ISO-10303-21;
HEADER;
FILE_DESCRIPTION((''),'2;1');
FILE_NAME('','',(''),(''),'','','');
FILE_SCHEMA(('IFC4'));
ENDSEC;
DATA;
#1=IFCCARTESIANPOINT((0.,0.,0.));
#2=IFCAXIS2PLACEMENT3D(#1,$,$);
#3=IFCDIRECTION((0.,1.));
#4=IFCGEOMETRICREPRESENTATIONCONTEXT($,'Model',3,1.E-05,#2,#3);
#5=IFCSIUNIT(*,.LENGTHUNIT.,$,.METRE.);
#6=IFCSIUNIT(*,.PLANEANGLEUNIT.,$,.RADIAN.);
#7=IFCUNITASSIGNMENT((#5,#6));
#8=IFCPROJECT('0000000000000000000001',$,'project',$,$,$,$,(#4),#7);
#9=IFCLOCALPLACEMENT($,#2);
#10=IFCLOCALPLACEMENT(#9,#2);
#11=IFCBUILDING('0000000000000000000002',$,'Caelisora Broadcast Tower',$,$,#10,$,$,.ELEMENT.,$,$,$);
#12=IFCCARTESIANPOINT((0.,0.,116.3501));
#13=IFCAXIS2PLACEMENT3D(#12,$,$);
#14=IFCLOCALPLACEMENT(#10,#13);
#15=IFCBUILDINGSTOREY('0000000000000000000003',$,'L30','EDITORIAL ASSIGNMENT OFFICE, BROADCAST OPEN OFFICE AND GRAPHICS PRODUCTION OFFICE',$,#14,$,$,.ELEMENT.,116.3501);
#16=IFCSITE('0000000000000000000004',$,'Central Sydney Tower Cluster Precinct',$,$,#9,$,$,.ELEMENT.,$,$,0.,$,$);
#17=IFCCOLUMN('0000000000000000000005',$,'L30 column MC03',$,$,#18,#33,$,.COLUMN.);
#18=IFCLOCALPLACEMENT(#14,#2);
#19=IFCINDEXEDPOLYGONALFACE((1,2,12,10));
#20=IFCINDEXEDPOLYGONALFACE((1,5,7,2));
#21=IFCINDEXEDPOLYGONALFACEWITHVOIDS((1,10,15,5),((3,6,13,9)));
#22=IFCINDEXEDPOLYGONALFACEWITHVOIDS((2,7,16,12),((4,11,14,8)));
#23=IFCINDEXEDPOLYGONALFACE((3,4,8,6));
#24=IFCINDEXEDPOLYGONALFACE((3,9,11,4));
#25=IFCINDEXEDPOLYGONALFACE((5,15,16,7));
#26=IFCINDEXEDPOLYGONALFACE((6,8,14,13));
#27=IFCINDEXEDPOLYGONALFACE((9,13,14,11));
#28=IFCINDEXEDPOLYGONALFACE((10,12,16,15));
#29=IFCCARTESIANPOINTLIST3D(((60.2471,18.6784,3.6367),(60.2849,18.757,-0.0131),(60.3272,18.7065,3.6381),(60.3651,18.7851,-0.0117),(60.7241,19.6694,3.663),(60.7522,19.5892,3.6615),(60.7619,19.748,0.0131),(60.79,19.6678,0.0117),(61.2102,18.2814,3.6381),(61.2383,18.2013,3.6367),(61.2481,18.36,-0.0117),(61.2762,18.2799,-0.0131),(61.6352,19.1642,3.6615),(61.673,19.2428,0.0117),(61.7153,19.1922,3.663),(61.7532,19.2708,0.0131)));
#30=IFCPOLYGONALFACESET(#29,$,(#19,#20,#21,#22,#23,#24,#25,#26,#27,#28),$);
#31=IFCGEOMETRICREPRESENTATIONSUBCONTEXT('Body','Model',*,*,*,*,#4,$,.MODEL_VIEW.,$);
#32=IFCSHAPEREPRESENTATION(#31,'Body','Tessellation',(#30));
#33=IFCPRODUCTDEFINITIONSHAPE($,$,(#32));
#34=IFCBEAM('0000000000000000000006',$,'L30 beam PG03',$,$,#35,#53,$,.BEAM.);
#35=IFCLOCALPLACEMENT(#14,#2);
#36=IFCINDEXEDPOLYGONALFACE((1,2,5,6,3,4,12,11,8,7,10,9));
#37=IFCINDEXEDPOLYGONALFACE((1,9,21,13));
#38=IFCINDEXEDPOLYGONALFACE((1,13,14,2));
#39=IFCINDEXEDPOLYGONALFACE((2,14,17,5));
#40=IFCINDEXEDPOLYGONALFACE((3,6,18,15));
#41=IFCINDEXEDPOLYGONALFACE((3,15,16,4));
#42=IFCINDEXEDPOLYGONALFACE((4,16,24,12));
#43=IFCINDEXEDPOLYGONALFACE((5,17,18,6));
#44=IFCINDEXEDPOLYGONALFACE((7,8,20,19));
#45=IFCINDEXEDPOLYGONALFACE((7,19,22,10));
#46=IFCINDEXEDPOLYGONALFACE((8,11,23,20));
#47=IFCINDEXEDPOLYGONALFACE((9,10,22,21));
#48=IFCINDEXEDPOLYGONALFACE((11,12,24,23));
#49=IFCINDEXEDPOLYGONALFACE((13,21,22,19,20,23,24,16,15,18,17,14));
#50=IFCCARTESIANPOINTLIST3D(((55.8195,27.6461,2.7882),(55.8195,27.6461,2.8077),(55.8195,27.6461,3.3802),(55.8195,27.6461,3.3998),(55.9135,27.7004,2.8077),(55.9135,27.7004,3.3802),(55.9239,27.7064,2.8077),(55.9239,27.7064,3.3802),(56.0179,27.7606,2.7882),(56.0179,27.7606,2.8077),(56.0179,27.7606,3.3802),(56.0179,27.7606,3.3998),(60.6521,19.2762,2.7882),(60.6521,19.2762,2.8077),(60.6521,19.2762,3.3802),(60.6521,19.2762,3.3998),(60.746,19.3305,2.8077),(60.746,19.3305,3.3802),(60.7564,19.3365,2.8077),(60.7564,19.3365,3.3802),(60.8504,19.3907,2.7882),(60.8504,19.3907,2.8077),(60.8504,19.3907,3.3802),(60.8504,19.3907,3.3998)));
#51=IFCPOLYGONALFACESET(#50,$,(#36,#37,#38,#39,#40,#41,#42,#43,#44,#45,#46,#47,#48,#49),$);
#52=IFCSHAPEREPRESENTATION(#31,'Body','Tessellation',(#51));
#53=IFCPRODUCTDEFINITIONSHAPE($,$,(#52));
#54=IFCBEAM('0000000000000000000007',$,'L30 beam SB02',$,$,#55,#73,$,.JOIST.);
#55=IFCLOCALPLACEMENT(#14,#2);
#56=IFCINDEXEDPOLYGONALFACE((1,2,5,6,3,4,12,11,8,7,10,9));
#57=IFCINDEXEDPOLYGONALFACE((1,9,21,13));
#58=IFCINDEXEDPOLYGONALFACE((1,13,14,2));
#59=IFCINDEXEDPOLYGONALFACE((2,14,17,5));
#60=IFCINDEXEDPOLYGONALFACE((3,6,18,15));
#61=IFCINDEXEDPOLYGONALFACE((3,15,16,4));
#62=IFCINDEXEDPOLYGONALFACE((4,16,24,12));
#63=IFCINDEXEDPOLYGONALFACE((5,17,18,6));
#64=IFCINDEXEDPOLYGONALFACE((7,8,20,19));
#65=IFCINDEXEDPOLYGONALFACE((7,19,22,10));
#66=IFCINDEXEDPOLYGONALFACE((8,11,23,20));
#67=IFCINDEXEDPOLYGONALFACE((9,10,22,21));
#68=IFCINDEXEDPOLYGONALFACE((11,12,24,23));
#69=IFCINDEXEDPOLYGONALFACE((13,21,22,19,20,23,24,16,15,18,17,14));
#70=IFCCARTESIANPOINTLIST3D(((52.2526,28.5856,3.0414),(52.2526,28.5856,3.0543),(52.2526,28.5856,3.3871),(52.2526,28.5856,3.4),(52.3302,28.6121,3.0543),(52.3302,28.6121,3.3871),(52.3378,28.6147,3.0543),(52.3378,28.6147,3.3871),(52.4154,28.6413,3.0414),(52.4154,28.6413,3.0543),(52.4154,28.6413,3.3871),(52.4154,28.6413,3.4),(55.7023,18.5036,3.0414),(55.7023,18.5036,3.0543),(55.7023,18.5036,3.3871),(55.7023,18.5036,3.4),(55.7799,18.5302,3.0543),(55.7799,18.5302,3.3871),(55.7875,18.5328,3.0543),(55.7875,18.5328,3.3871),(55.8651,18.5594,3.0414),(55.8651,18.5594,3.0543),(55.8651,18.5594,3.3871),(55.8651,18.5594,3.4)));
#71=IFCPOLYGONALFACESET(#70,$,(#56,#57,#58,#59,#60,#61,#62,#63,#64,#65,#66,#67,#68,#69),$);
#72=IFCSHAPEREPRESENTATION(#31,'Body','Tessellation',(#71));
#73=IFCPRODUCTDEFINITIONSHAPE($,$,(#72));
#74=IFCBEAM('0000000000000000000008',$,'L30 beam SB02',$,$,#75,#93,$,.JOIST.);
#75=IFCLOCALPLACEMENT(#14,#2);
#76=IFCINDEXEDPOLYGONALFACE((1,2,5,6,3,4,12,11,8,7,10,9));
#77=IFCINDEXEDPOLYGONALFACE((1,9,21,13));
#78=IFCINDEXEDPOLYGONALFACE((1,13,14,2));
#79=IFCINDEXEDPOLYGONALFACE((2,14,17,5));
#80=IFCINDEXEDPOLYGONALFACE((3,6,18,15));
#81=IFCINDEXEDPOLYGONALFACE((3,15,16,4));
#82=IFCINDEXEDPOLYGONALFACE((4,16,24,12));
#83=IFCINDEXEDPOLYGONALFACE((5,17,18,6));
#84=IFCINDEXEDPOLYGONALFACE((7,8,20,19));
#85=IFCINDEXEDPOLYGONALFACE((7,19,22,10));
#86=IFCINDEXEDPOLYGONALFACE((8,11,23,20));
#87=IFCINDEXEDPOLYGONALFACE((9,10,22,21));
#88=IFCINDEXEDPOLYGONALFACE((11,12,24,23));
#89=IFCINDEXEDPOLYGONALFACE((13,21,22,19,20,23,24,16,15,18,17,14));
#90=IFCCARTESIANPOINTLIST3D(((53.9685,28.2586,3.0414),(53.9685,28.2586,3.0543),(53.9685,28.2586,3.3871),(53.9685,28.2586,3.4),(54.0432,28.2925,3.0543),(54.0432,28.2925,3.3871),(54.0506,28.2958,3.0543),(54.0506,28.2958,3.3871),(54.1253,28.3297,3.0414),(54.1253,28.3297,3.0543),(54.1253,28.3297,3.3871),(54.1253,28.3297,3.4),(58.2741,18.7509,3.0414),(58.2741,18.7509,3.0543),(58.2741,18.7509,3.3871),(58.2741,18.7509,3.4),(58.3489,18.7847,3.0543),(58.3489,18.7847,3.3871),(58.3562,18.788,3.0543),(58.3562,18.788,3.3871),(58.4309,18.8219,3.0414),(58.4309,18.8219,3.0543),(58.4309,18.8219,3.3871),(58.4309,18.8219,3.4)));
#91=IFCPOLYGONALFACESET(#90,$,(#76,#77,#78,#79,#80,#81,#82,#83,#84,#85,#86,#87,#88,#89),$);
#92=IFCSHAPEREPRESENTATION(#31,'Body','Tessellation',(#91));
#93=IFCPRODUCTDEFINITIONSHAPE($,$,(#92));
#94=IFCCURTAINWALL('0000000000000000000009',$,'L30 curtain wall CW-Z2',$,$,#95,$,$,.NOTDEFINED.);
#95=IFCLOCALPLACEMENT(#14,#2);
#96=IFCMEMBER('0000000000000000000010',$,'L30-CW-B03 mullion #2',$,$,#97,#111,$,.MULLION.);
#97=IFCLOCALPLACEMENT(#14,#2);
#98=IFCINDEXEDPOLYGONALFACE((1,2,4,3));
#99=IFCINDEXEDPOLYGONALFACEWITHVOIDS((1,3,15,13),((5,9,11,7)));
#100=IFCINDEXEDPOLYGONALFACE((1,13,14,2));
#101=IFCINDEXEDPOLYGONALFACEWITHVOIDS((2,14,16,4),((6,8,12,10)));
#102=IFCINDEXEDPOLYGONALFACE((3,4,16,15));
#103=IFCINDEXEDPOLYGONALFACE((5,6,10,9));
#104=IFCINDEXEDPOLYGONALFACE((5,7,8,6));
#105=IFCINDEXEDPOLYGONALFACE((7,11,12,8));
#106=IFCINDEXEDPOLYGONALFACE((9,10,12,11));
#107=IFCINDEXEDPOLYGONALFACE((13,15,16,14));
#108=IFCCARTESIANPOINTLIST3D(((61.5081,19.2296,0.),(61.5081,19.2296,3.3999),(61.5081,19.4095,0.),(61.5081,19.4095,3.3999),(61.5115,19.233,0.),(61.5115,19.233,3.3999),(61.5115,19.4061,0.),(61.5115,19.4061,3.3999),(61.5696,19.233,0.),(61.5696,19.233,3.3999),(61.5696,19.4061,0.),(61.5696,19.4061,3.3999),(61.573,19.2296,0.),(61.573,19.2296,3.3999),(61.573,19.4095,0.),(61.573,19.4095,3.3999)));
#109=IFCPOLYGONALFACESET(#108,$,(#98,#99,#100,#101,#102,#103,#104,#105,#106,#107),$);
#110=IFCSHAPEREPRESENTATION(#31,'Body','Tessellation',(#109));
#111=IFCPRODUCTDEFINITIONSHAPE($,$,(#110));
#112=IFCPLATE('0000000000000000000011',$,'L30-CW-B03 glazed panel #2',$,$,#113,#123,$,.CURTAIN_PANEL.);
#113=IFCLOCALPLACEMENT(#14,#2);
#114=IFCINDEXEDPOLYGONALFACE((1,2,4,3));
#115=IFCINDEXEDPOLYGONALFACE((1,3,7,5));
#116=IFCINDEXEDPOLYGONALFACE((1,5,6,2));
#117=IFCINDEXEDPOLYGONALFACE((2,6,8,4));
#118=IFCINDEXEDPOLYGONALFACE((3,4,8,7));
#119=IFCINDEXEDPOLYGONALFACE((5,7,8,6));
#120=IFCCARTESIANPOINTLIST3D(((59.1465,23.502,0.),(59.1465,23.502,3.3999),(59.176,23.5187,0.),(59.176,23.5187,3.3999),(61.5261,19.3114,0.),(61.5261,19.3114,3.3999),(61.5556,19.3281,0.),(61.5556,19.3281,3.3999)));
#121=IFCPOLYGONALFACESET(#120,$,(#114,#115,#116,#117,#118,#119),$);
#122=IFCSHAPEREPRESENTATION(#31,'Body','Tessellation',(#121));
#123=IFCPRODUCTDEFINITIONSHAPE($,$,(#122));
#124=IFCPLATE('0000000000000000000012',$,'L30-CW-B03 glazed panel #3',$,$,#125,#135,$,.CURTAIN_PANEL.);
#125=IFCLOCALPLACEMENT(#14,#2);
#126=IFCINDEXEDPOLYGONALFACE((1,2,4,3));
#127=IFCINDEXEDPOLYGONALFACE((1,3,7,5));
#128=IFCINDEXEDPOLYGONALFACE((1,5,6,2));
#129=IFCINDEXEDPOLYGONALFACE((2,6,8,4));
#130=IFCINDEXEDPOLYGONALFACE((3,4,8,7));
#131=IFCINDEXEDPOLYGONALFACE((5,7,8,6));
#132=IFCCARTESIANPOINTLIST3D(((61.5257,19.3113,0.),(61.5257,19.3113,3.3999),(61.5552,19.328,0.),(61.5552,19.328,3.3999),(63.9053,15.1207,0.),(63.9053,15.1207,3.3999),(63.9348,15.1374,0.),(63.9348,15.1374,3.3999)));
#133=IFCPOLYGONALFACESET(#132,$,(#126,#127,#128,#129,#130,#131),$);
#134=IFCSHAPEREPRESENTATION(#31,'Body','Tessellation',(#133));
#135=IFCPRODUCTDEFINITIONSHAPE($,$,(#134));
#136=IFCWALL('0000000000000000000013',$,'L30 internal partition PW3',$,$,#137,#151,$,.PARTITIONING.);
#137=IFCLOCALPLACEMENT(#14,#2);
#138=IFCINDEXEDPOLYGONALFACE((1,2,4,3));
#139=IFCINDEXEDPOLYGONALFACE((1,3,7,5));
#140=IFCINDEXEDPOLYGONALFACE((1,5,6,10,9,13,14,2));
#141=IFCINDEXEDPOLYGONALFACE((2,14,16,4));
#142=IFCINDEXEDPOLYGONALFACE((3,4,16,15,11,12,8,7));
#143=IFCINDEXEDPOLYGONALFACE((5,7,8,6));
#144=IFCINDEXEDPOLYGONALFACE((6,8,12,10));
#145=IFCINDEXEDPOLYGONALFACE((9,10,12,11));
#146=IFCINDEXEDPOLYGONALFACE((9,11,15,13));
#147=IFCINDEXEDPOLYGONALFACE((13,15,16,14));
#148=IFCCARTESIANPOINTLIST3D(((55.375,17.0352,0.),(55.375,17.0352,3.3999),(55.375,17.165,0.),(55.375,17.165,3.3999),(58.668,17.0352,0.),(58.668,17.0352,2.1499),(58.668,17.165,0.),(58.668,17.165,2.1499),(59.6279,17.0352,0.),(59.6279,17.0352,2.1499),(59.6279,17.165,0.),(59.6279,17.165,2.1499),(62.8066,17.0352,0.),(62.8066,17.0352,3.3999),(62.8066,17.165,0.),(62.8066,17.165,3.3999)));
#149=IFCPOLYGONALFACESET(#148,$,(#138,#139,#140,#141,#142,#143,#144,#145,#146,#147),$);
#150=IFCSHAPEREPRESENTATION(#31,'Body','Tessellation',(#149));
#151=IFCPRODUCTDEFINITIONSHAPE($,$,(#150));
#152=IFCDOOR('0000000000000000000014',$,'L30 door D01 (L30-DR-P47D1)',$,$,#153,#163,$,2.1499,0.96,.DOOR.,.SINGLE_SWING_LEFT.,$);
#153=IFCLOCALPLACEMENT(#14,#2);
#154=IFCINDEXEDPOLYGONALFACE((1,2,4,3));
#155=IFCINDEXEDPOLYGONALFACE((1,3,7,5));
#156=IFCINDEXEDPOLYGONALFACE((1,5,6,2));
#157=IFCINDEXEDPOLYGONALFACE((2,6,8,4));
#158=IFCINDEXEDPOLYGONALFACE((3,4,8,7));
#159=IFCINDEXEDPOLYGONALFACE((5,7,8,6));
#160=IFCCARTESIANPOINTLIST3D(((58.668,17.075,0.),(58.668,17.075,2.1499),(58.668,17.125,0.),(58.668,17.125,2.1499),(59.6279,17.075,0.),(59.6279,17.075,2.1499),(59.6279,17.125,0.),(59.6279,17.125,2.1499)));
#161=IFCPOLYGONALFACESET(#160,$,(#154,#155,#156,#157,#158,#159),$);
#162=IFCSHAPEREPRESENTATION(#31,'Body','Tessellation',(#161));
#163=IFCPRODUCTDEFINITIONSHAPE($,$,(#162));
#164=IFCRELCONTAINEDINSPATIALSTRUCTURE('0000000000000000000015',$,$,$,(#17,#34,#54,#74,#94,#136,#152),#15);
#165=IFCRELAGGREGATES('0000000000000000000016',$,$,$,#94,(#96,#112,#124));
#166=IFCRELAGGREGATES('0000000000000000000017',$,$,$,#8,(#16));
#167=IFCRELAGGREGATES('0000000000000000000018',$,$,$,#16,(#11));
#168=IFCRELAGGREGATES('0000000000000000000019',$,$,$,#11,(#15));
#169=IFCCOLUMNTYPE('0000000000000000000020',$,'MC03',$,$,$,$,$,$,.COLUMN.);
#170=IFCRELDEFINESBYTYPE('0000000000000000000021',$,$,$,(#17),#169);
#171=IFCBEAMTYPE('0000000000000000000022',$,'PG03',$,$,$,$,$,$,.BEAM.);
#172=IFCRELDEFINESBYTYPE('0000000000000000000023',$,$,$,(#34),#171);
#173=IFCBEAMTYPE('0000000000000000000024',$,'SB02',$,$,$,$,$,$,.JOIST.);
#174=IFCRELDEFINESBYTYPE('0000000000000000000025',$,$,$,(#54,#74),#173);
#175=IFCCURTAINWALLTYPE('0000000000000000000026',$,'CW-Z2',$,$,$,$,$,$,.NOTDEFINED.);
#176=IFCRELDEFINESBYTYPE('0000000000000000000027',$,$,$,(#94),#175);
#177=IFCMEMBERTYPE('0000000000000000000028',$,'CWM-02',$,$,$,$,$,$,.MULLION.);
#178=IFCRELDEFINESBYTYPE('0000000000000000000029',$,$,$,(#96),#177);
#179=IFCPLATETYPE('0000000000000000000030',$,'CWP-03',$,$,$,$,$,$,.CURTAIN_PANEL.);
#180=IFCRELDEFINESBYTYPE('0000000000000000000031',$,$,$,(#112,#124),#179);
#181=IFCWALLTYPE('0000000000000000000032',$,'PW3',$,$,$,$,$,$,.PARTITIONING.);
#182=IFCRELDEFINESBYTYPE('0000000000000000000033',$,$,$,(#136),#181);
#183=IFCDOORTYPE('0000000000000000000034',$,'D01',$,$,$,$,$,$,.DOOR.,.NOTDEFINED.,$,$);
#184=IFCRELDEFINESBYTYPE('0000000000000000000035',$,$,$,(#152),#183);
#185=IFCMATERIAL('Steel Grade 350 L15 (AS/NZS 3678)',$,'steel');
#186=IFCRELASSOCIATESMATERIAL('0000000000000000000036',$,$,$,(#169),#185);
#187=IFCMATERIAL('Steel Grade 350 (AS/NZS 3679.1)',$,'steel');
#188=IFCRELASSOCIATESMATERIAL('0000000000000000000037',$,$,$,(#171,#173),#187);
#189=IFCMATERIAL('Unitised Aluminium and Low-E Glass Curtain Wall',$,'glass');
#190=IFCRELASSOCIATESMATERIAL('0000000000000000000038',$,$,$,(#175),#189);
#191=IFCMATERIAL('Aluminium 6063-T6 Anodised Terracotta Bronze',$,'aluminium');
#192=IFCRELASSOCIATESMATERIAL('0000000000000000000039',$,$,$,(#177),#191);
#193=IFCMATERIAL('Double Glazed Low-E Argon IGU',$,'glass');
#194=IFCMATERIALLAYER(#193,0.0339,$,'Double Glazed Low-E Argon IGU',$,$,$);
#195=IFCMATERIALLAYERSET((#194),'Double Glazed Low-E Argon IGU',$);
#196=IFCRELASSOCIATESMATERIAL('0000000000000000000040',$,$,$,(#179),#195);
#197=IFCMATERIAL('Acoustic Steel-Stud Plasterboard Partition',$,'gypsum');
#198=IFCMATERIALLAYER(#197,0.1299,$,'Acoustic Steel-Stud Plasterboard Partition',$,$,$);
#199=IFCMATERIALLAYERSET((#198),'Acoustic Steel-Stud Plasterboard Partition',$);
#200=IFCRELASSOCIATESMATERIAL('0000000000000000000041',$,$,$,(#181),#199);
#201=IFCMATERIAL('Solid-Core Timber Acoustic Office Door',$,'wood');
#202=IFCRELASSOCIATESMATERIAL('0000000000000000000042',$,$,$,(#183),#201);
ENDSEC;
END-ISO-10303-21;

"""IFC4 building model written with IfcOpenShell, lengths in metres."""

from ifc_helpers import new_model, si_unit, direction, frame, frame_2d, origin, origin_2d, place, context, subcontext, project, spatial, rectangle, hollow_rectangle, i_section, extrude, source, transform, mapped, material, layer, layer_set, material_profile, profile_set, type_object, type_shapes, element, fill, aggregate, save


model = new_model("IFC4")

# Units and contexts
model_context = context("Model", 3, precision=1e-05, world=origin(), true_north=direction((0.0, 1.0)))
body_context = subcontext(model_context, "Body", "Model", "MODEL_VIEW")
ifc_project = project(units=[si_unit("LENGTHUNIT", "METRE"), si_unit("PLANEANGLEUNIT", "RADIAN")], contexts=[model_context])

# Site, building, storey
site_placement = place(None, origin())
site = spatial("IfcSite", under=ifc_project, at=site_placement, Name="Central Sydney Tower Cluster Precinct", CompositionType="ELEMENT", RefElevation=0.0)
building_placement = place(site_placement, origin())
building = spatial("IfcBuilding", under=site, at=building_placement, Name="Caelisora Broadcast Tower", CompositionType="ELEMENT")
storey_placement = place(building_placement, frame((0.0, 0.0, 116.3501)))
storey = spatial("IfcBuildingStorey", under=building, at=storey_placement, Name="L30", Description="EDITORIAL ASSIGNMENT OFFICE, BROADCAST OPEN OFFICE AND GRAPHICS PRODUCTION OFFICE", CompositionType="ELEMENT", Elevation=116.3501)

# Column
ifc_material_1 = material(Name="Steel Grade 350 L15 (AS/NZS 3678)", Category="steel")
ifc_material_profile_1 = material_profile(ifc_material_1, hollow_rectangle(XDim=1.1001, YDim=1.1001, WallThickness=0.0601, at=origin_2d()), Name="Steel Grade 350 L15 (AS/NZS 3678)")
ifc_profile_set_1 = profile_set([ifc_material_profile_1], Name="Steel Grade 350 L15 (AS/NZS 3678)")
column_type = type_object("IfcColumnType", Name="MC03", PredefinedType="COLUMN", material=ifc_profile_set_1)
shared_shape_1 = source(origin(), body_context, "Body", "SweptSolid", [
    extrude(hollow_rectangle(XDim=1.1001, YDim=1.1001, WallThickness=0.0601, at=origin_2d()), origin(), (0.0, 0.0, 1.0), 3.6509),
])
type_shapes(column_type, [shared_shape_1])
column_placement = place(storey_placement, frame((61.019, 19.0139, 0.0), z_axis=(-0.010365, -0.021532, 0.999714), x_axis=(0.901042, -0.433731, 0.0)))
element("IfcColumn", 1, at=column_placement, inside=storey, type_object=column_type, Name="L30 column MC03", PredefinedType="COLUMN", context=body_context, shape_type="MappedRepresentation", body=[
    mapped(shared_shape_1, transform((0.0, 0.0, 0.0), scale=1.0)),
])

# Beams
ifc_material_2 = material(Name="Steel Grade 350 (AS/NZS 3679.1)", Category="steel")
ifc_material_profile_2 = material_profile(ifc_material_2, i_section(OverallWidth=0.229, OverallDepth=0.6116, WebThickness=0.012, FlangeThickness=0.0195, at=origin_2d()), Name="Steel Grade 350 (AS/NZS 3679.1)")
ifc_profile_set_2 = profile_set([ifc_material_profile_2], Name="Steel Grade 350 (AS/NZS 3679.1)")
beam_type_1 = type_object("IfcBeamType", Name="PG03", PredefinedType="BEAM", material=ifc_profile_set_2)
shared_shape_2 = source(origin(), body_context, "Body", "SweptSolid", [
    extrude(i_section(OverallWidth=0.229, OverallDepth=0.6116, WebThickness=0.012, FlangeThickness=0.0195, at=origin_2d()), origin(), (0.0, 0.0, 1.0), 9.6648),
])
type_shapes(beam_type_1, [shared_shape_2])
beam_1_placement = place(storey_placement, frame((60.7512, 19.3335, 3.094), z_axis=(-0.500013, 0.866018, 0.0), x_axis=(-0.866018, -0.500013, 0.0)))
element("IfcBeam", 2, at=beam_1_placement, inside=storey, type_object=beam_type_1, Name="L30 beam PG03", PredefinedType="BEAM", context=body_context, shape_type="MappedRepresentation", body=[
    mapped(shared_shape_2, transform((0.0, 0.0, 0.0), scale=1.0)),
])
ifc_material_profile_3 = material_profile(ifc_material_2, i_section(OverallWidth=0.1721, OverallDepth=0.3586, WebThickness=0.0081, FlangeThickness=0.0129, at=origin_2d()), Name="Steel Grade 350 (AS/NZS 3679.1)")
ifc_profile_set_3 = profile_set([ifc_material_profile_3], Name="Steel Grade 350 (AS/NZS 3679.1)")
beam_type_2 = type_object("IfcBeamType", Name="SB02", PredefinedType="JOIST", material=ifc_profile_set_3)
shared_shape_3 = source(origin(), body_context, "Body", "SweptSolid", [
    extrude(i_section(OverallWidth=0.1721, OverallDepth=0.3586, WebThickness=0.0081, FlangeThickness=0.0129, at=origin_2d()), origin(), (0.0, 0.0, 1.0), 10.6558),
])
beam_2_placement = place(storey_placement, frame((55.7837, 18.5315, 3.2207), z_axis=(-0.323737, 0.946147, 0.0), x_axis=(-0.946147, -0.323737, 0.0)))
element("IfcBeam", 3, at=beam_2_placement, inside=storey, type_object=beam_type_2, Name="L30 beam SB02", PredefinedType="JOIST", context=body_context, shape_type="MappedRepresentation", body=[
    mapped(shared_shape_3, transform((0.0, 0.0, 0.0), scale=1.0)),
])
shared_shape_4 = source(origin(), body_context, "Body", "SweptSolid", [
    extrude(i_section(OverallWidth=0.1721, OverallDepth=0.3586, WebThickness=0.0081, FlangeThickness=0.0129, at=origin_2d()), origin(), (0.0, 0.0, 1.0), 10.4373),
])
type_shapes(beam_type_2, [shared_shape_3, shared_shape_4])
beam_3_placement = place(storey_placement, frame((58.3525, 18.7864, 3.2207), z_axis=(-0.412527, 0.910946, 0.0), x_axis=(-0.910946, -0.412527, 0.0)))
element("IfcBeam", 4, at=beam_3_placement, inside=storey, type_object=beam_type_2, Name="L30 beam SB02", PredefinedType="JOIST", context=body_context, shape_type="MappedRepresentation", body=[
    mapped(shared_shape_4, transform((0.0, 0.0, 0.0), scale=1.0)),
])

# Curtain wall, member, plates
ifc_material_3 = material(Name="Unitised Aluminium and Low-E Glass Curtain Wall", Category="glass")
curtain_wall_type = type_object("IfcCurtainWallType", Name="CW-Z2", PredefinedType="NOTDEFINED", material=ifc_material_3)
curtain_wall_placement = place(storey_placement, origin())
curtain_wall = element("IfcCurtainWall", 5, at=curtain_wall_placement, inside=storey, type_object=curtain_wall_type, Name="L30 curtain wall CW-Z2", PredefinedType="NOTDEFINED")
ifc_material_4 = material(Name="Aluminium 6063-T6 Anodised Terracotta Bronze", Category="aluminium")
ifc_material_profile_4 = material_profile(ifc_material_4, hollow_rectangle(XDim=0.0649, YDim=0.1799, WallThickness=0.0034, at=origin_2d()), Name="Aluminium 6063-T6 Anodised Terracotta Bronze")
ifc_profile_set_4 = profile_set([ifc_material_profile_4], Name="Aluminium 6063-T6 Anodised Terracotta Bronze")
member_type = type_object("IfcMemberType", Name="CWM-02", PredefinedType="MULLION", material=ifc_profile_set_4)
shared_shape_5 = source(origin(), body_context, "Body", "SweptSolid", [
    extrude(hollow_rectangle(XDim=0.0649, YDim=0.1799, WallThickness=0.0034, at=origin_2d()), origin(), (0.0, 0.0, 1.0), 3.3999),
])
type_shapes(member_type, [shared_shape_5])
member_placement = place(storey_placement, frame((61.5405, 19.3196, 0.0), z_axis=(0.0, 0.0, 1.0), x_axis=(1.0, 0.0, 0.0)))
member = element("IfcMember", 6, at=member_placement, type_object=member_type, Name="L30-CW-B03 mullion #2", PredefinedType="MULLION", context=body_context, shape_type="MappedRepresentation", body=[
    mapped(shared_shape_5, transform((0.0, 0.0, 0.0), scale=1.0)),
])
ifc_material_5 = material(Name="Double Glazed Low-E Argon IGU", Category="glass")
ifc_layer_1 = layer(ifc_material_5, 0.0339, Name="Double Glazed Low-E Argon IGU")
ifc_layer_set_1 = layer_set([ifc_layer_1], Name="Double Glazed Low-E Argon IGU")
plate_type = type_object("IfcPlateType", Name="CWP-03", PredefinedType="CURTAIN_PANEL", material=ifc_layer_set_1)
shared_shape_6 = source(origin(), body_context, "Body", "SweptSolid", [
    extrude(rectangle(XDim=4.8191, YDim=0.0339, at=origin_2d()), origin(), (0.0, 0.0, 1.0), 3.3999),
])
type_shapes(plate_type, [shared_shape_6])
plate_1_placement = place(storey_placement, frame((60.3511, 21.415, 0.0), z_axis=(0.0, 0.0, 1.0), x_axis=(0.49379, -0.869581, 0.0)))
plate_1 = element("IfcPlate", 7, at=plate_1_placement, type_object=plate_type, Name="L30-CW-B03 glazed panel #2", PredefinedType="CURTAIN_PANEL", context=body_context, shape_type="MappedRepresentation", body=[
    mapped(shared_shape_6, transform((0.0, 0.0, 0.0), scale=1.0)),
])
plate_2_placement = place(storey_placement, frame((62.7302, 17.2244, 0.0), z_axis=(0.0, 0.0, 1.0), x_axis=(0.49379, -0.869581, 0.0)))
plate_2 = element("IfcPlate", 8, at=plate_2_placement, type_object=plate_type, Name="L30-CW-B03 glazed panel #3", PredefinedType="CURTAIN_PANEL", context=body_context, shape_type="MappedRepresentation", body=[
    mapped(shared_shape_6, transform((0.0, 0.0, 0.0), scale=1.0)),
])
aggregate(curtain_wall, [member, plate_1, plate_2])

# Wall, opening, door
ifc_material_6 = material(Name="Acoustic Steel-Stud Plasterboard Partition", Category="gypsum")
ifc_layer_2 = layer(ifc_material_6, 0.1299, Name="Acoustic Steel-Stud Plasterboard Partition")
ifc_layer_set_2 = layer_set([ifc_layer_2], Name="Acoustic Steel-Stud Plasterboard Partition")
wall_type = type_object("IfcWallType", Name="PW3", PredefinedType="PARTITIONING", material=ifc_layer_set_2)
wall_1_placement = place(storey_placement, frame((55.375, 17.1001, 0.0), z_axis=(0.0, 0.0, 1.0), x_axis=(1.0, 0.0, 0.0)))
wall_1 = element("IfcWall", 9, at=wall_1_placement, inside=storey, type_object=wall_type, Name="L30 internal partition PW3", PredefinedType="PARTITIONING", context=body_context, shape_type="SweptSolid", body=[
    extrude(rectangle(XDim=7.4316, YDim=0.1299, at=frame_2d((3.7158, 0.0))), origin(), (0.0, 0.0, 1.0), 3.3999),
])
opening_1_placement = place(wall_1_placement, frame((3.293, 0.0, 0.0)))
opening_1 = element("IfcOpeningElement", 10, at=opening_1_placement, cuts=wall_1, PredefinedType="OPENING", context=body_context, shape_type="SweptSolid", body=[
    extrude(rectangle(XDim=0.96, YDim=2.1499, at=frame_2d((0.48, 1.075))), frame((0.0, 0.0769, 0.0), z_axis=(0.0, -1.0, 0.0), x_axis=(1.0, 0.0, 0.0)), (0.0, 0.0, 1.0), 0.1538),
])
ifc_material_7 = material(Name="Solid-Core Timber Acoustic Office Door", Category="wood")
door_type = type_object("IfcDoorType", Name="D01", OperationType="NOTDEFINED", PredefinedType="DOOR", material=ifc_material_7)
door_1_placement = place(opening_1_placement, origin())
door_1 = element("IfcDoor", 11, at=door_1_placement, inside=storey, type_object=door_type, Name="L30 door D01 (L30-DR-P47D1)", OperationType="SINGLE_SWING_LEFT", OverallHeight=2.1499, OverallWidth=0.96, PredefinedType="DOOR", context=body_context, shape_type="SweptSolid", body=[
    extrude(rectangle(XDim=0.96, YDim=2.1499, at=frame_2d((0.48, 1.075))), frame((0.0, 0.0249, 0.0), z_axis=(0.0, -1.0, 0.0), x_axis=(1.0, 0.0, 0.0)), (0.0, 0.0, 1.0), 0.05),
])
fill(opening_1, door_1)

save(model, "model.ifc")
